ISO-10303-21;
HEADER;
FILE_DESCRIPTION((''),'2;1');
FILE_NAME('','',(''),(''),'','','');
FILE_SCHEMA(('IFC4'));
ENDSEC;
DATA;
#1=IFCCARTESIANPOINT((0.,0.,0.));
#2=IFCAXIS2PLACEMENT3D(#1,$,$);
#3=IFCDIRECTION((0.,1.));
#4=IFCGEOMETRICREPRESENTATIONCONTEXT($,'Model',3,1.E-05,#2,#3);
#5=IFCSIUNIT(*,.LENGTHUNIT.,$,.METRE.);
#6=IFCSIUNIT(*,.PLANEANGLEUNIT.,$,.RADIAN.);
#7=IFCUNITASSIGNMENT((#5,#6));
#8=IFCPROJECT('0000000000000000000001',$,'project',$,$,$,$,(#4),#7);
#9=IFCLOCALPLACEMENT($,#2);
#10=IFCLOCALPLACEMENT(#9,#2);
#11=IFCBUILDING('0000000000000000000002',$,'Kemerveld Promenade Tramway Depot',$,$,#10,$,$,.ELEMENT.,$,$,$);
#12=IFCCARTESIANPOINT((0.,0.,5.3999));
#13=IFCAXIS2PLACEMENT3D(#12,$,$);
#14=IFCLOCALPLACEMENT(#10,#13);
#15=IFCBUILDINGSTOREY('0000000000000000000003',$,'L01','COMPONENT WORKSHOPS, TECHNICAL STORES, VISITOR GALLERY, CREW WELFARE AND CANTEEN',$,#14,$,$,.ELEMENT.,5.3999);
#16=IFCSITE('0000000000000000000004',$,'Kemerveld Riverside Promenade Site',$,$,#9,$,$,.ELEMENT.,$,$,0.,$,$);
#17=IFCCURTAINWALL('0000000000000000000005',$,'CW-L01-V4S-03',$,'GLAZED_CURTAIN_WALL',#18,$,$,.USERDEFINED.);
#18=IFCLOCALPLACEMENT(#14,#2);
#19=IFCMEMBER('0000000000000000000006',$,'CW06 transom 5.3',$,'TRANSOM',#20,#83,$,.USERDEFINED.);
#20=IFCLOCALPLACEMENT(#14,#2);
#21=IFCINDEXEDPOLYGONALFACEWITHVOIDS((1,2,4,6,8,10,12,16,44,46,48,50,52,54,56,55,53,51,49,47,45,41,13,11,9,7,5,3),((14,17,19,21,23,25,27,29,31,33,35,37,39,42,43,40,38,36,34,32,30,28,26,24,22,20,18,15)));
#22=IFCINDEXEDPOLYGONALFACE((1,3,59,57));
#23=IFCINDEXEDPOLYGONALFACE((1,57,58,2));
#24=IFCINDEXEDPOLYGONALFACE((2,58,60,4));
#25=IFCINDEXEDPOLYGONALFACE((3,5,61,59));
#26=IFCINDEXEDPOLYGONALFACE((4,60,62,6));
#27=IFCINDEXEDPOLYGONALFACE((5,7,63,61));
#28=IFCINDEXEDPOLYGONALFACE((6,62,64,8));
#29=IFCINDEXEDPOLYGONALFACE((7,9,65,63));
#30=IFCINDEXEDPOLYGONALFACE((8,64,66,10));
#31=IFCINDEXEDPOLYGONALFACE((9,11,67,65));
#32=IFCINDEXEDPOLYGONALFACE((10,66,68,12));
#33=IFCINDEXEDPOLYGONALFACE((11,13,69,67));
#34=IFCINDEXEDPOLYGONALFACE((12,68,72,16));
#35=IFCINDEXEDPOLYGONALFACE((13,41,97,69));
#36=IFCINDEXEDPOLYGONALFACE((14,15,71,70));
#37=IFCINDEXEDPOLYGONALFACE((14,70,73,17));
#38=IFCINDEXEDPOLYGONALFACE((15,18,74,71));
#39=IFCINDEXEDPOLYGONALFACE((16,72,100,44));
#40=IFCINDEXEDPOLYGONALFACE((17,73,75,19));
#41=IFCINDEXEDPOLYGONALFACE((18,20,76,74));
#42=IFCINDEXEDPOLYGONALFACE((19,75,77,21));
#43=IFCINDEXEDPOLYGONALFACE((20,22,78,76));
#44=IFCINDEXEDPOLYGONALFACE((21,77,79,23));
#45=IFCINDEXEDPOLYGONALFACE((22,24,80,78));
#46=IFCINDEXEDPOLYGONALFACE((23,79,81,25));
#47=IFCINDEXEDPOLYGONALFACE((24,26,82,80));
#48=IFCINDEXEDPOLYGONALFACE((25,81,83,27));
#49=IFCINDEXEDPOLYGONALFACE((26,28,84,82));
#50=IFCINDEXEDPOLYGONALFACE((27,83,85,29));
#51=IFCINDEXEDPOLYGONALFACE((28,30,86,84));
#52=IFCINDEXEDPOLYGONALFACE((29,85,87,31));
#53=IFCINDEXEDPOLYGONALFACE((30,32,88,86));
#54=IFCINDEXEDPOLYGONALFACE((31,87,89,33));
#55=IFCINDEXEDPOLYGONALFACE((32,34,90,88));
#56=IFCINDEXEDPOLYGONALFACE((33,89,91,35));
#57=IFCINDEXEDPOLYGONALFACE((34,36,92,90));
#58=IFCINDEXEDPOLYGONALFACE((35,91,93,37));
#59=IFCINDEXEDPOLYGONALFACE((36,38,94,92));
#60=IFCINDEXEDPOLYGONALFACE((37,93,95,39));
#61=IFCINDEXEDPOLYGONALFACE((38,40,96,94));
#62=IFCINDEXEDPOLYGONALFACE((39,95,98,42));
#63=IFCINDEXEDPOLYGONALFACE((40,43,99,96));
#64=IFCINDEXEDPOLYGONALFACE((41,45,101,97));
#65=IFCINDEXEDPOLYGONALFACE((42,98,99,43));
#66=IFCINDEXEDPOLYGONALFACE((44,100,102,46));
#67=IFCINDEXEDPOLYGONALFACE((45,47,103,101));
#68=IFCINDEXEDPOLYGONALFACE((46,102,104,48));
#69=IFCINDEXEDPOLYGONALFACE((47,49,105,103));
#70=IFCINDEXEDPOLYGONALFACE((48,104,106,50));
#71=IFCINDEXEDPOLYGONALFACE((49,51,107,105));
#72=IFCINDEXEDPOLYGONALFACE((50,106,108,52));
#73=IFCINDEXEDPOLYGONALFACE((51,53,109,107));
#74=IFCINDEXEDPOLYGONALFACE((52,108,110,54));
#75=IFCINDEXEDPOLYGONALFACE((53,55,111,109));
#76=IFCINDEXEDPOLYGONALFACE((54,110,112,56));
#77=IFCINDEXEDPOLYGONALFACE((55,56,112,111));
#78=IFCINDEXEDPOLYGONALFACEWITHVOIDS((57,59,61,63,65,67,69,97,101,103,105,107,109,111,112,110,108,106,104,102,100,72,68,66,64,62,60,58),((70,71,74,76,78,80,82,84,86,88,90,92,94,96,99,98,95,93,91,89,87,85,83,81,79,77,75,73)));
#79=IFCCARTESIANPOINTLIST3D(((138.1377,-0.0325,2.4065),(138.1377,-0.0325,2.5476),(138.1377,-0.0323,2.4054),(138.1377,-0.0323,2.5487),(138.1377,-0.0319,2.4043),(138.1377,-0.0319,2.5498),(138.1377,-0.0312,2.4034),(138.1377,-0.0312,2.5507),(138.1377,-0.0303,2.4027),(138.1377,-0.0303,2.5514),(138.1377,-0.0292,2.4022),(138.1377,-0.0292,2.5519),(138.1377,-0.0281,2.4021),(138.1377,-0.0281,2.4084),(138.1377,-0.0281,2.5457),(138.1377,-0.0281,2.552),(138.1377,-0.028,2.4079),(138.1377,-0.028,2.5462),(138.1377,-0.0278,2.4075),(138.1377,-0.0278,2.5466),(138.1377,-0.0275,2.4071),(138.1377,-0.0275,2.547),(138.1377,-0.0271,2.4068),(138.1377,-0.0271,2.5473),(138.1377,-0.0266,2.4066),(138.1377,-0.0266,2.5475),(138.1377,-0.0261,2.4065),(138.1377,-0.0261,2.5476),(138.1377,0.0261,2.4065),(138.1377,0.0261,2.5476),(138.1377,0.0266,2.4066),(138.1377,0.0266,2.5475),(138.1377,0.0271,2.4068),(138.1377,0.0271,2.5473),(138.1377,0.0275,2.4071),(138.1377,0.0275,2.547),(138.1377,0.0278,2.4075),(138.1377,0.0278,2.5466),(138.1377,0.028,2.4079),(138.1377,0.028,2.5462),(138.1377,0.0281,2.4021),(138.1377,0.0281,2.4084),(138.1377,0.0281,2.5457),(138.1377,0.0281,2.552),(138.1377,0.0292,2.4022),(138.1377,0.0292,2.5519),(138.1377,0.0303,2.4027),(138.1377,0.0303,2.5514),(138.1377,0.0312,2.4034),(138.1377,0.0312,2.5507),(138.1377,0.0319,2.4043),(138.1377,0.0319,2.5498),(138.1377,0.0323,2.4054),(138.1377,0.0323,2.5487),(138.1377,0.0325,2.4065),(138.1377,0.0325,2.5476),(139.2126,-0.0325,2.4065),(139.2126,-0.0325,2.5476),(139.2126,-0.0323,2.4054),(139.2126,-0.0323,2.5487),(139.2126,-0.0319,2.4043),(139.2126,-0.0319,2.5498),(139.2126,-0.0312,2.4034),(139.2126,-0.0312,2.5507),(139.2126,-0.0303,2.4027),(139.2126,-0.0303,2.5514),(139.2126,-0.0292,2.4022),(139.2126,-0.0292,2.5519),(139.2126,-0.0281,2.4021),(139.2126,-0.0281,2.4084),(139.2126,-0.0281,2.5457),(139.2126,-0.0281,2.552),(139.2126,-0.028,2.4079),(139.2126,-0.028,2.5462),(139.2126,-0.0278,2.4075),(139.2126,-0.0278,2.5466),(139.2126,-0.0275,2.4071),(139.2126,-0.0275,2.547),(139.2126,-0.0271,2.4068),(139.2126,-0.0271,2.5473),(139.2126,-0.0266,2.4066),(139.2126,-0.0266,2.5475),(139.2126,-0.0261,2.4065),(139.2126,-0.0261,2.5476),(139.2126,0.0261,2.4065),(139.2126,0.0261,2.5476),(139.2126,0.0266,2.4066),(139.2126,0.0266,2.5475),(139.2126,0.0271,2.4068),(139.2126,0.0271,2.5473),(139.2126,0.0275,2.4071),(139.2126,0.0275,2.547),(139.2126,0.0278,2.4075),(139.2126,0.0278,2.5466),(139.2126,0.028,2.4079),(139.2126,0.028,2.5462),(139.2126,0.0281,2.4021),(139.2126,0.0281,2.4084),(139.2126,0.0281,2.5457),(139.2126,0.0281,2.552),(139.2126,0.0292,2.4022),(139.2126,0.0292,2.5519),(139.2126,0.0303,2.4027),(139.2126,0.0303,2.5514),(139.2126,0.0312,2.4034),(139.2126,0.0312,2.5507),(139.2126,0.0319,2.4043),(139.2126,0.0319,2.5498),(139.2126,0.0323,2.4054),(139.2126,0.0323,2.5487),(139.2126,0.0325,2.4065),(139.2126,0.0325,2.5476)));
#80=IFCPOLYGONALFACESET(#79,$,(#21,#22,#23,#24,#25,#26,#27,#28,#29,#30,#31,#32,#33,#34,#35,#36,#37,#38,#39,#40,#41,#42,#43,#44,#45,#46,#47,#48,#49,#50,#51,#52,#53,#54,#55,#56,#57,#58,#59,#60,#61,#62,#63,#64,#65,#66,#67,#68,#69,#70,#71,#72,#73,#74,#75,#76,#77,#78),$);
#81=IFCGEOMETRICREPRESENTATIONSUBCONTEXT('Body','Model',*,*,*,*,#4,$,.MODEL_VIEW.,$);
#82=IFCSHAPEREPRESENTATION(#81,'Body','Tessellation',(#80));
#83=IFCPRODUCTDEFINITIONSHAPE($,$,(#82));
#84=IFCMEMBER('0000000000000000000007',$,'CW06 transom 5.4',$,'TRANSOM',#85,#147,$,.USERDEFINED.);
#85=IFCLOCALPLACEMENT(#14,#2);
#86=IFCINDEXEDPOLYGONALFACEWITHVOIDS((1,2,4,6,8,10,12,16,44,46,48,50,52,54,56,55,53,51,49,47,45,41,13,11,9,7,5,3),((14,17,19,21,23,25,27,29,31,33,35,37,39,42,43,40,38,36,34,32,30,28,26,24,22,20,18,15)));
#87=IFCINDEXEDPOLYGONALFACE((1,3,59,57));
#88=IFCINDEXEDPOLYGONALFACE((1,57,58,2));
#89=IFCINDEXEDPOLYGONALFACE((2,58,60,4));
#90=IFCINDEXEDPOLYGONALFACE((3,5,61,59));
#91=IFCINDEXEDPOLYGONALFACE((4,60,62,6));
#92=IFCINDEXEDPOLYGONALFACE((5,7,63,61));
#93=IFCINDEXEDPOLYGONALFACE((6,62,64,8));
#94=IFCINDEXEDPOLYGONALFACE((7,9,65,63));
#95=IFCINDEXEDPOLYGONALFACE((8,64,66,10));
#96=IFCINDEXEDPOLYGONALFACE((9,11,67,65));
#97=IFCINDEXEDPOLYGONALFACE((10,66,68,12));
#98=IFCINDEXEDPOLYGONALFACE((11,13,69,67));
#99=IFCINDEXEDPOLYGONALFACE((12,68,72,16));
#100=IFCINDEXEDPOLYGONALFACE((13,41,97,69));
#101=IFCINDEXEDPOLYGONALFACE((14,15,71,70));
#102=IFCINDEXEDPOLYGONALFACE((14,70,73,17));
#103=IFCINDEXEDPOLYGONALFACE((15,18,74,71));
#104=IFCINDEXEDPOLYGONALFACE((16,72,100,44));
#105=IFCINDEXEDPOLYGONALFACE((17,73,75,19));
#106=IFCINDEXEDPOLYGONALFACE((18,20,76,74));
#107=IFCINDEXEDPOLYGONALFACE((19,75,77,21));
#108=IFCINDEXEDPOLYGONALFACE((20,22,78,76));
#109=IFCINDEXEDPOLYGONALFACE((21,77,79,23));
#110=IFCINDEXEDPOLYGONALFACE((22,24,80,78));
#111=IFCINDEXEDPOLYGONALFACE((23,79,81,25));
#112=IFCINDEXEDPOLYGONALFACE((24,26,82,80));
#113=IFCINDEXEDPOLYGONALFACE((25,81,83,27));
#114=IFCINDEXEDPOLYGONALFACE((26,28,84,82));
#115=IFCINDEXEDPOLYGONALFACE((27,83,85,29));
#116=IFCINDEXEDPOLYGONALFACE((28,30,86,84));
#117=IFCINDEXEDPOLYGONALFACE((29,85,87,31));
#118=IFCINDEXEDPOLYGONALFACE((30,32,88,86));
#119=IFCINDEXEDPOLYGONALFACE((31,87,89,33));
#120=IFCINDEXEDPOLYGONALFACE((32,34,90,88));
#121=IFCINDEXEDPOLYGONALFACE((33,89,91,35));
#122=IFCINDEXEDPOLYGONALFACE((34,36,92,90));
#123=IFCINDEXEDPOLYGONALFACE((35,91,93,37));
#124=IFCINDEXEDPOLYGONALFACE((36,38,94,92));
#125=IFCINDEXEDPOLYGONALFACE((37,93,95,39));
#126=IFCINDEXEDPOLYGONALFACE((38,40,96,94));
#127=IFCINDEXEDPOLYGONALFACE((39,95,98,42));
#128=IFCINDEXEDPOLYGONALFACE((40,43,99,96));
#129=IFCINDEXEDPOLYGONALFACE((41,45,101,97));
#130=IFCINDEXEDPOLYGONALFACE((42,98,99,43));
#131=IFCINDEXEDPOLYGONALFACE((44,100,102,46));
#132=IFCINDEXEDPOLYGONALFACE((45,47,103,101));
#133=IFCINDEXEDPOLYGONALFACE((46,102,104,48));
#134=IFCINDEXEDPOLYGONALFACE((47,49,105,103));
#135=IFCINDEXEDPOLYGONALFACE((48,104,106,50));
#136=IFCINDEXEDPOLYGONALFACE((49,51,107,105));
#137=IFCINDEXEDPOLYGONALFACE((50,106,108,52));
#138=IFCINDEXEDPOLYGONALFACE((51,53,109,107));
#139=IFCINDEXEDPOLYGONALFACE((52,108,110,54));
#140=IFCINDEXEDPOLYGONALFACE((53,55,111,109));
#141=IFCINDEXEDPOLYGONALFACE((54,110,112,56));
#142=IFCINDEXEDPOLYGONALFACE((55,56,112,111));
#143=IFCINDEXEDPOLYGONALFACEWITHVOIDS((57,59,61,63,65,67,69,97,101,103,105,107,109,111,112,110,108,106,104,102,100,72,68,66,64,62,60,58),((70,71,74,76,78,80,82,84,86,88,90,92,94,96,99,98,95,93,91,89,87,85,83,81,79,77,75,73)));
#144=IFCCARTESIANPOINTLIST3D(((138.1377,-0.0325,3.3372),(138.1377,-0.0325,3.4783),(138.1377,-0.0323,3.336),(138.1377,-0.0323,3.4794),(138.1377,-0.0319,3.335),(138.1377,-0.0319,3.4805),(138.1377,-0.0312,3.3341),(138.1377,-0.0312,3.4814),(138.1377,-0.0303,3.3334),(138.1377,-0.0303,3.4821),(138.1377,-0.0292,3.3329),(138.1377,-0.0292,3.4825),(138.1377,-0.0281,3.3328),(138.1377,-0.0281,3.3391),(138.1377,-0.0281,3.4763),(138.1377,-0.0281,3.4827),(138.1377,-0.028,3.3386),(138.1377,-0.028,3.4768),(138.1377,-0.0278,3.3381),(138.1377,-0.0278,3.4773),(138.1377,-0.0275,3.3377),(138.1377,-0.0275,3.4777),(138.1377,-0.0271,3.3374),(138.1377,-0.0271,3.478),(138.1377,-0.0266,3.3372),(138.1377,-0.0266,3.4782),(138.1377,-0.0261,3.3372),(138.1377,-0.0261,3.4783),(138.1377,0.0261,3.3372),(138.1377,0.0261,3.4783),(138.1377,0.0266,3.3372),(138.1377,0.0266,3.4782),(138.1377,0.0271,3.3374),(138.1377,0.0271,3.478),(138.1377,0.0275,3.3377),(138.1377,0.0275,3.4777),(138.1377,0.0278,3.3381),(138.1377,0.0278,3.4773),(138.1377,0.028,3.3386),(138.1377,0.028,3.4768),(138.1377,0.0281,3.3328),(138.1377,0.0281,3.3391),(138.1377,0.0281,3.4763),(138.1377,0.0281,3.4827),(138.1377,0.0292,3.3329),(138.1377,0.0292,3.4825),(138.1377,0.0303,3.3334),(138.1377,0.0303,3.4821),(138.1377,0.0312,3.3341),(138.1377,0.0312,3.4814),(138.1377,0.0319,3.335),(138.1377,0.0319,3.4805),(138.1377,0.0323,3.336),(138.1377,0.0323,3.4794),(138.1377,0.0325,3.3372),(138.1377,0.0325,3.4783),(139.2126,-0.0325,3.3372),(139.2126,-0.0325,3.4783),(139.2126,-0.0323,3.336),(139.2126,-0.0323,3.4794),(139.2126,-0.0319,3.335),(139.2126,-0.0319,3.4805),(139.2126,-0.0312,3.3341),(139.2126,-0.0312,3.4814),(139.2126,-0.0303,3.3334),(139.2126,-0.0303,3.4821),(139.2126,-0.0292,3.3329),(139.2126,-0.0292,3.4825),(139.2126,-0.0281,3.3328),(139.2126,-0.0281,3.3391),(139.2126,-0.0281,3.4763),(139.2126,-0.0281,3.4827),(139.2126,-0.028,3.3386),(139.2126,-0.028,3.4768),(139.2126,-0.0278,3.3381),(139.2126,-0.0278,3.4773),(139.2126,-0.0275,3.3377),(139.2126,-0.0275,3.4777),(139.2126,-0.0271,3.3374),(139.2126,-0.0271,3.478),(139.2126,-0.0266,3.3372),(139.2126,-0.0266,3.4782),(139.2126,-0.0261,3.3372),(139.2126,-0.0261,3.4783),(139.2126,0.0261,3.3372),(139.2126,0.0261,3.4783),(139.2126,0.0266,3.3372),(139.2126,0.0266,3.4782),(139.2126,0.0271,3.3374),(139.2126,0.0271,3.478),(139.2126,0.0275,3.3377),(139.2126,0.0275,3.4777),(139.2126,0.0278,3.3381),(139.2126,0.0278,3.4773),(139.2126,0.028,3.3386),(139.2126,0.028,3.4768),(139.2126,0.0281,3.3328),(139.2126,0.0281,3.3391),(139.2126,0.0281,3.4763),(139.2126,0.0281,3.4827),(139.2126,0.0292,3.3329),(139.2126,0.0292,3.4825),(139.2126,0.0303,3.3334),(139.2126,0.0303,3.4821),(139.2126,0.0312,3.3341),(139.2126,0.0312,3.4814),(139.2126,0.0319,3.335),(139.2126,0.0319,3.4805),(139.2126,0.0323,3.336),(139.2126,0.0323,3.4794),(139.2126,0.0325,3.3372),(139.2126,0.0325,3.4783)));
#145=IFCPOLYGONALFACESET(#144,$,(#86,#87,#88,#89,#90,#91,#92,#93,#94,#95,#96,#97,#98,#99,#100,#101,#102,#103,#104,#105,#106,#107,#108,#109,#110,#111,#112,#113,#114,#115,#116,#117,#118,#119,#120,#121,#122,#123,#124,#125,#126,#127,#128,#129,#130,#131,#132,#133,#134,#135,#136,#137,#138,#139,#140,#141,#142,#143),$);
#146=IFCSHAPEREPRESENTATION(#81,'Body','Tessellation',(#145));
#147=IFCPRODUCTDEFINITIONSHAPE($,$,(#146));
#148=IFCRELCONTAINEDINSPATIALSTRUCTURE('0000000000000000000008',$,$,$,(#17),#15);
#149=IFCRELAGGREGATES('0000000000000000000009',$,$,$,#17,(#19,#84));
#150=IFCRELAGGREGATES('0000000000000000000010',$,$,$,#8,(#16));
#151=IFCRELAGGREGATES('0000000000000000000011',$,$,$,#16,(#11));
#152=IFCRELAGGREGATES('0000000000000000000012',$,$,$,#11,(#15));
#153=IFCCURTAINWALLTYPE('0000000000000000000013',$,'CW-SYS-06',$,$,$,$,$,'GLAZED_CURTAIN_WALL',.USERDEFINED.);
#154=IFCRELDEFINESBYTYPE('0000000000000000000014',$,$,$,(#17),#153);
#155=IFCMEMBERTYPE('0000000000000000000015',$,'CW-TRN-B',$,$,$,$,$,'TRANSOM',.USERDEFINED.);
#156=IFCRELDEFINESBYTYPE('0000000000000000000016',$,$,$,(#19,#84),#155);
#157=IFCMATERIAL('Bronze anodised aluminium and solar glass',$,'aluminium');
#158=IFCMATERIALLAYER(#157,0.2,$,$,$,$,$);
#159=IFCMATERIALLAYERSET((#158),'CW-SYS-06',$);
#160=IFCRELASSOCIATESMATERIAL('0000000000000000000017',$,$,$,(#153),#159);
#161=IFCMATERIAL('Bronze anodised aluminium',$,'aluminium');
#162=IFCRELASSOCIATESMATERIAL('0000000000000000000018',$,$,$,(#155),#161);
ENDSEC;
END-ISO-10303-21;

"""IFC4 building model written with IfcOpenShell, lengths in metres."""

from ifc_helpers import new_model, si_unit, direction, frame, origin, origin_2d, place, context, subcontext, project, spatial, hollow_rectangle, extrude, material, layer, layer_set, material_profile, profile_set, type_object, element, aggregate, save


model = new_model("IFC4")

# Units and contexts
model_context = context("Model", 3, precision=1e-05, world=origin(), true_north=direction((0.0, 1.0)))
body_context = subcontext(model_context, "Body", "Model", "MODEL_VIEW")
ifc_project = project(units=[si_unit("LENGTHUNIT", "METRE"), si_unit("PLANEANGLEUNIT", "RADIAN")], contexts=[model_context])

# Site, building, storey
site_placement = place(None, origin())
site = spatial("IfcSite", under=ifc_project, at=site_placement, Name="Kemerveld Riverside Promenade Site", CompositionType="ELEMENT", RefElevation=0.0)
building_placement = place(site_placement, origin())
building = spatial("IfcBuilding", under=site, at=building_placement, Name="Kemerveld Promenade Tramway Depot", CompositionType="ELEMENT")
storey_placement = place(building_placement, frame((0.0, 0.0, 5.3999)))
storey = spatial("IfcBuildingStorey", under=building, at=storey_placement, Name="L01", Description="COMPONENT WORKSHOPS, TECHNICAL STORES, VISITOR GALLERY, CREW WELFARE AND CANTEEN", CompositionType="ELEMENT", Elevation=5.3999)

# Curtain wall, members
ifc_material_1 = material(Name="Bronze anodised aluminium and solar glass", Category="aluminium")
ifc_layer_1 = layer(ifc_material_1, 0.2)
ifc_layer_set_1 = layer_set([ifc_layer_1], Name="CW-SYS-06")
curtain_wall_type = type_object("IfcCurtainWallType", Name="CW-SYS-06", ElementType="GLAZED_CURTAIN_WALL", PredefinedType="USERDEFINED", material=ifc_layer_set_1)
curtain_wall_placement = place(storey_placement, origin())
curtain_wall = element("IfcCurtainWall", 1, at=curtain_wall_placement, inside=storey, type_object=curtain_wall_type, Name="CW-L01-V4S-03", ObjectType="GLAZED_CURTAIN_WALL", PredefinedType="USERDEFINED")
ifc_material_2 = material(Name="Bronze anodised aluminium", Category="aluminium")
ifc_material_profile_1 = material_profile(ifc_material_2, hollow_rectangle(XDim=0.0649, YDim=0.1499, WallThickness=0.0044, InnerFilletRadius=0.002, OuterFilletRadius=0.0044, at=origin_2d()), Name="CW-TRN-150x65")
ifc_profile_set_1 = profile_set([ifc_material_profile_1], Name="Bronze anodised aluminium")
member_type_1 = type_object("IfcMemberType", Name="CW-TRN-B", ElementType="TRANSOM", PredefinedType="USERDEFINED", material=ifc_profile_set_1)
member_1_placement = place(storey_placement, frame((139.2126, 0.0, 2.4771), z_axis=(-1.0, 0.0, 0.0), x_axis=(0.0, -1.0, 0.0)))
member_1 = element("IfcMember", 2, at=member_1_placement, type_object=member_type_1, Name="CW06 transom 5.3", ObjectType="TRANSOM", PredefinedType="USERDEFINED", context=body_context, shape_type="SweptSolid", body=[
    extrude(hollow_rectangle(XDim=0.0649, YDim=0.1499, WallThickness=0.0044, InnerFilletRadius=0.002, OuterFilletRadius=0.0044, at=origin_2d()), origin(), (0.0, 0.0, 1.0), 1.075),
])
member_2_placement = place(storey_placement, frame((139.2126, 0.0, 3.4077), z_axis=(-1.0, 0.0, 0.0), x_axis=(0.0, -1.0, 0.0)))
member_2 = element("IfcMember", 3, at=member_2_placement, type_object=member_type_1, Name="CW06 transom 5.4", ObjectType="TRANSOM", PredefinedType="USERDEFINED", context=body_context, shape_type="SweptSolid", body=[
    extrude(hollow_rectangle(XDim=0.0649, YDim=0.1499, WallThickness=0.0044, InnerFilletRadius=0.002, OuterFilletRadius=0.0044, at=origin_2d()), origin(), (0.0, 0.0, 1.0), 1.075),
])
aggregate(curtain_wall, [member_1, member_2])

save(model, "model.ifc")
